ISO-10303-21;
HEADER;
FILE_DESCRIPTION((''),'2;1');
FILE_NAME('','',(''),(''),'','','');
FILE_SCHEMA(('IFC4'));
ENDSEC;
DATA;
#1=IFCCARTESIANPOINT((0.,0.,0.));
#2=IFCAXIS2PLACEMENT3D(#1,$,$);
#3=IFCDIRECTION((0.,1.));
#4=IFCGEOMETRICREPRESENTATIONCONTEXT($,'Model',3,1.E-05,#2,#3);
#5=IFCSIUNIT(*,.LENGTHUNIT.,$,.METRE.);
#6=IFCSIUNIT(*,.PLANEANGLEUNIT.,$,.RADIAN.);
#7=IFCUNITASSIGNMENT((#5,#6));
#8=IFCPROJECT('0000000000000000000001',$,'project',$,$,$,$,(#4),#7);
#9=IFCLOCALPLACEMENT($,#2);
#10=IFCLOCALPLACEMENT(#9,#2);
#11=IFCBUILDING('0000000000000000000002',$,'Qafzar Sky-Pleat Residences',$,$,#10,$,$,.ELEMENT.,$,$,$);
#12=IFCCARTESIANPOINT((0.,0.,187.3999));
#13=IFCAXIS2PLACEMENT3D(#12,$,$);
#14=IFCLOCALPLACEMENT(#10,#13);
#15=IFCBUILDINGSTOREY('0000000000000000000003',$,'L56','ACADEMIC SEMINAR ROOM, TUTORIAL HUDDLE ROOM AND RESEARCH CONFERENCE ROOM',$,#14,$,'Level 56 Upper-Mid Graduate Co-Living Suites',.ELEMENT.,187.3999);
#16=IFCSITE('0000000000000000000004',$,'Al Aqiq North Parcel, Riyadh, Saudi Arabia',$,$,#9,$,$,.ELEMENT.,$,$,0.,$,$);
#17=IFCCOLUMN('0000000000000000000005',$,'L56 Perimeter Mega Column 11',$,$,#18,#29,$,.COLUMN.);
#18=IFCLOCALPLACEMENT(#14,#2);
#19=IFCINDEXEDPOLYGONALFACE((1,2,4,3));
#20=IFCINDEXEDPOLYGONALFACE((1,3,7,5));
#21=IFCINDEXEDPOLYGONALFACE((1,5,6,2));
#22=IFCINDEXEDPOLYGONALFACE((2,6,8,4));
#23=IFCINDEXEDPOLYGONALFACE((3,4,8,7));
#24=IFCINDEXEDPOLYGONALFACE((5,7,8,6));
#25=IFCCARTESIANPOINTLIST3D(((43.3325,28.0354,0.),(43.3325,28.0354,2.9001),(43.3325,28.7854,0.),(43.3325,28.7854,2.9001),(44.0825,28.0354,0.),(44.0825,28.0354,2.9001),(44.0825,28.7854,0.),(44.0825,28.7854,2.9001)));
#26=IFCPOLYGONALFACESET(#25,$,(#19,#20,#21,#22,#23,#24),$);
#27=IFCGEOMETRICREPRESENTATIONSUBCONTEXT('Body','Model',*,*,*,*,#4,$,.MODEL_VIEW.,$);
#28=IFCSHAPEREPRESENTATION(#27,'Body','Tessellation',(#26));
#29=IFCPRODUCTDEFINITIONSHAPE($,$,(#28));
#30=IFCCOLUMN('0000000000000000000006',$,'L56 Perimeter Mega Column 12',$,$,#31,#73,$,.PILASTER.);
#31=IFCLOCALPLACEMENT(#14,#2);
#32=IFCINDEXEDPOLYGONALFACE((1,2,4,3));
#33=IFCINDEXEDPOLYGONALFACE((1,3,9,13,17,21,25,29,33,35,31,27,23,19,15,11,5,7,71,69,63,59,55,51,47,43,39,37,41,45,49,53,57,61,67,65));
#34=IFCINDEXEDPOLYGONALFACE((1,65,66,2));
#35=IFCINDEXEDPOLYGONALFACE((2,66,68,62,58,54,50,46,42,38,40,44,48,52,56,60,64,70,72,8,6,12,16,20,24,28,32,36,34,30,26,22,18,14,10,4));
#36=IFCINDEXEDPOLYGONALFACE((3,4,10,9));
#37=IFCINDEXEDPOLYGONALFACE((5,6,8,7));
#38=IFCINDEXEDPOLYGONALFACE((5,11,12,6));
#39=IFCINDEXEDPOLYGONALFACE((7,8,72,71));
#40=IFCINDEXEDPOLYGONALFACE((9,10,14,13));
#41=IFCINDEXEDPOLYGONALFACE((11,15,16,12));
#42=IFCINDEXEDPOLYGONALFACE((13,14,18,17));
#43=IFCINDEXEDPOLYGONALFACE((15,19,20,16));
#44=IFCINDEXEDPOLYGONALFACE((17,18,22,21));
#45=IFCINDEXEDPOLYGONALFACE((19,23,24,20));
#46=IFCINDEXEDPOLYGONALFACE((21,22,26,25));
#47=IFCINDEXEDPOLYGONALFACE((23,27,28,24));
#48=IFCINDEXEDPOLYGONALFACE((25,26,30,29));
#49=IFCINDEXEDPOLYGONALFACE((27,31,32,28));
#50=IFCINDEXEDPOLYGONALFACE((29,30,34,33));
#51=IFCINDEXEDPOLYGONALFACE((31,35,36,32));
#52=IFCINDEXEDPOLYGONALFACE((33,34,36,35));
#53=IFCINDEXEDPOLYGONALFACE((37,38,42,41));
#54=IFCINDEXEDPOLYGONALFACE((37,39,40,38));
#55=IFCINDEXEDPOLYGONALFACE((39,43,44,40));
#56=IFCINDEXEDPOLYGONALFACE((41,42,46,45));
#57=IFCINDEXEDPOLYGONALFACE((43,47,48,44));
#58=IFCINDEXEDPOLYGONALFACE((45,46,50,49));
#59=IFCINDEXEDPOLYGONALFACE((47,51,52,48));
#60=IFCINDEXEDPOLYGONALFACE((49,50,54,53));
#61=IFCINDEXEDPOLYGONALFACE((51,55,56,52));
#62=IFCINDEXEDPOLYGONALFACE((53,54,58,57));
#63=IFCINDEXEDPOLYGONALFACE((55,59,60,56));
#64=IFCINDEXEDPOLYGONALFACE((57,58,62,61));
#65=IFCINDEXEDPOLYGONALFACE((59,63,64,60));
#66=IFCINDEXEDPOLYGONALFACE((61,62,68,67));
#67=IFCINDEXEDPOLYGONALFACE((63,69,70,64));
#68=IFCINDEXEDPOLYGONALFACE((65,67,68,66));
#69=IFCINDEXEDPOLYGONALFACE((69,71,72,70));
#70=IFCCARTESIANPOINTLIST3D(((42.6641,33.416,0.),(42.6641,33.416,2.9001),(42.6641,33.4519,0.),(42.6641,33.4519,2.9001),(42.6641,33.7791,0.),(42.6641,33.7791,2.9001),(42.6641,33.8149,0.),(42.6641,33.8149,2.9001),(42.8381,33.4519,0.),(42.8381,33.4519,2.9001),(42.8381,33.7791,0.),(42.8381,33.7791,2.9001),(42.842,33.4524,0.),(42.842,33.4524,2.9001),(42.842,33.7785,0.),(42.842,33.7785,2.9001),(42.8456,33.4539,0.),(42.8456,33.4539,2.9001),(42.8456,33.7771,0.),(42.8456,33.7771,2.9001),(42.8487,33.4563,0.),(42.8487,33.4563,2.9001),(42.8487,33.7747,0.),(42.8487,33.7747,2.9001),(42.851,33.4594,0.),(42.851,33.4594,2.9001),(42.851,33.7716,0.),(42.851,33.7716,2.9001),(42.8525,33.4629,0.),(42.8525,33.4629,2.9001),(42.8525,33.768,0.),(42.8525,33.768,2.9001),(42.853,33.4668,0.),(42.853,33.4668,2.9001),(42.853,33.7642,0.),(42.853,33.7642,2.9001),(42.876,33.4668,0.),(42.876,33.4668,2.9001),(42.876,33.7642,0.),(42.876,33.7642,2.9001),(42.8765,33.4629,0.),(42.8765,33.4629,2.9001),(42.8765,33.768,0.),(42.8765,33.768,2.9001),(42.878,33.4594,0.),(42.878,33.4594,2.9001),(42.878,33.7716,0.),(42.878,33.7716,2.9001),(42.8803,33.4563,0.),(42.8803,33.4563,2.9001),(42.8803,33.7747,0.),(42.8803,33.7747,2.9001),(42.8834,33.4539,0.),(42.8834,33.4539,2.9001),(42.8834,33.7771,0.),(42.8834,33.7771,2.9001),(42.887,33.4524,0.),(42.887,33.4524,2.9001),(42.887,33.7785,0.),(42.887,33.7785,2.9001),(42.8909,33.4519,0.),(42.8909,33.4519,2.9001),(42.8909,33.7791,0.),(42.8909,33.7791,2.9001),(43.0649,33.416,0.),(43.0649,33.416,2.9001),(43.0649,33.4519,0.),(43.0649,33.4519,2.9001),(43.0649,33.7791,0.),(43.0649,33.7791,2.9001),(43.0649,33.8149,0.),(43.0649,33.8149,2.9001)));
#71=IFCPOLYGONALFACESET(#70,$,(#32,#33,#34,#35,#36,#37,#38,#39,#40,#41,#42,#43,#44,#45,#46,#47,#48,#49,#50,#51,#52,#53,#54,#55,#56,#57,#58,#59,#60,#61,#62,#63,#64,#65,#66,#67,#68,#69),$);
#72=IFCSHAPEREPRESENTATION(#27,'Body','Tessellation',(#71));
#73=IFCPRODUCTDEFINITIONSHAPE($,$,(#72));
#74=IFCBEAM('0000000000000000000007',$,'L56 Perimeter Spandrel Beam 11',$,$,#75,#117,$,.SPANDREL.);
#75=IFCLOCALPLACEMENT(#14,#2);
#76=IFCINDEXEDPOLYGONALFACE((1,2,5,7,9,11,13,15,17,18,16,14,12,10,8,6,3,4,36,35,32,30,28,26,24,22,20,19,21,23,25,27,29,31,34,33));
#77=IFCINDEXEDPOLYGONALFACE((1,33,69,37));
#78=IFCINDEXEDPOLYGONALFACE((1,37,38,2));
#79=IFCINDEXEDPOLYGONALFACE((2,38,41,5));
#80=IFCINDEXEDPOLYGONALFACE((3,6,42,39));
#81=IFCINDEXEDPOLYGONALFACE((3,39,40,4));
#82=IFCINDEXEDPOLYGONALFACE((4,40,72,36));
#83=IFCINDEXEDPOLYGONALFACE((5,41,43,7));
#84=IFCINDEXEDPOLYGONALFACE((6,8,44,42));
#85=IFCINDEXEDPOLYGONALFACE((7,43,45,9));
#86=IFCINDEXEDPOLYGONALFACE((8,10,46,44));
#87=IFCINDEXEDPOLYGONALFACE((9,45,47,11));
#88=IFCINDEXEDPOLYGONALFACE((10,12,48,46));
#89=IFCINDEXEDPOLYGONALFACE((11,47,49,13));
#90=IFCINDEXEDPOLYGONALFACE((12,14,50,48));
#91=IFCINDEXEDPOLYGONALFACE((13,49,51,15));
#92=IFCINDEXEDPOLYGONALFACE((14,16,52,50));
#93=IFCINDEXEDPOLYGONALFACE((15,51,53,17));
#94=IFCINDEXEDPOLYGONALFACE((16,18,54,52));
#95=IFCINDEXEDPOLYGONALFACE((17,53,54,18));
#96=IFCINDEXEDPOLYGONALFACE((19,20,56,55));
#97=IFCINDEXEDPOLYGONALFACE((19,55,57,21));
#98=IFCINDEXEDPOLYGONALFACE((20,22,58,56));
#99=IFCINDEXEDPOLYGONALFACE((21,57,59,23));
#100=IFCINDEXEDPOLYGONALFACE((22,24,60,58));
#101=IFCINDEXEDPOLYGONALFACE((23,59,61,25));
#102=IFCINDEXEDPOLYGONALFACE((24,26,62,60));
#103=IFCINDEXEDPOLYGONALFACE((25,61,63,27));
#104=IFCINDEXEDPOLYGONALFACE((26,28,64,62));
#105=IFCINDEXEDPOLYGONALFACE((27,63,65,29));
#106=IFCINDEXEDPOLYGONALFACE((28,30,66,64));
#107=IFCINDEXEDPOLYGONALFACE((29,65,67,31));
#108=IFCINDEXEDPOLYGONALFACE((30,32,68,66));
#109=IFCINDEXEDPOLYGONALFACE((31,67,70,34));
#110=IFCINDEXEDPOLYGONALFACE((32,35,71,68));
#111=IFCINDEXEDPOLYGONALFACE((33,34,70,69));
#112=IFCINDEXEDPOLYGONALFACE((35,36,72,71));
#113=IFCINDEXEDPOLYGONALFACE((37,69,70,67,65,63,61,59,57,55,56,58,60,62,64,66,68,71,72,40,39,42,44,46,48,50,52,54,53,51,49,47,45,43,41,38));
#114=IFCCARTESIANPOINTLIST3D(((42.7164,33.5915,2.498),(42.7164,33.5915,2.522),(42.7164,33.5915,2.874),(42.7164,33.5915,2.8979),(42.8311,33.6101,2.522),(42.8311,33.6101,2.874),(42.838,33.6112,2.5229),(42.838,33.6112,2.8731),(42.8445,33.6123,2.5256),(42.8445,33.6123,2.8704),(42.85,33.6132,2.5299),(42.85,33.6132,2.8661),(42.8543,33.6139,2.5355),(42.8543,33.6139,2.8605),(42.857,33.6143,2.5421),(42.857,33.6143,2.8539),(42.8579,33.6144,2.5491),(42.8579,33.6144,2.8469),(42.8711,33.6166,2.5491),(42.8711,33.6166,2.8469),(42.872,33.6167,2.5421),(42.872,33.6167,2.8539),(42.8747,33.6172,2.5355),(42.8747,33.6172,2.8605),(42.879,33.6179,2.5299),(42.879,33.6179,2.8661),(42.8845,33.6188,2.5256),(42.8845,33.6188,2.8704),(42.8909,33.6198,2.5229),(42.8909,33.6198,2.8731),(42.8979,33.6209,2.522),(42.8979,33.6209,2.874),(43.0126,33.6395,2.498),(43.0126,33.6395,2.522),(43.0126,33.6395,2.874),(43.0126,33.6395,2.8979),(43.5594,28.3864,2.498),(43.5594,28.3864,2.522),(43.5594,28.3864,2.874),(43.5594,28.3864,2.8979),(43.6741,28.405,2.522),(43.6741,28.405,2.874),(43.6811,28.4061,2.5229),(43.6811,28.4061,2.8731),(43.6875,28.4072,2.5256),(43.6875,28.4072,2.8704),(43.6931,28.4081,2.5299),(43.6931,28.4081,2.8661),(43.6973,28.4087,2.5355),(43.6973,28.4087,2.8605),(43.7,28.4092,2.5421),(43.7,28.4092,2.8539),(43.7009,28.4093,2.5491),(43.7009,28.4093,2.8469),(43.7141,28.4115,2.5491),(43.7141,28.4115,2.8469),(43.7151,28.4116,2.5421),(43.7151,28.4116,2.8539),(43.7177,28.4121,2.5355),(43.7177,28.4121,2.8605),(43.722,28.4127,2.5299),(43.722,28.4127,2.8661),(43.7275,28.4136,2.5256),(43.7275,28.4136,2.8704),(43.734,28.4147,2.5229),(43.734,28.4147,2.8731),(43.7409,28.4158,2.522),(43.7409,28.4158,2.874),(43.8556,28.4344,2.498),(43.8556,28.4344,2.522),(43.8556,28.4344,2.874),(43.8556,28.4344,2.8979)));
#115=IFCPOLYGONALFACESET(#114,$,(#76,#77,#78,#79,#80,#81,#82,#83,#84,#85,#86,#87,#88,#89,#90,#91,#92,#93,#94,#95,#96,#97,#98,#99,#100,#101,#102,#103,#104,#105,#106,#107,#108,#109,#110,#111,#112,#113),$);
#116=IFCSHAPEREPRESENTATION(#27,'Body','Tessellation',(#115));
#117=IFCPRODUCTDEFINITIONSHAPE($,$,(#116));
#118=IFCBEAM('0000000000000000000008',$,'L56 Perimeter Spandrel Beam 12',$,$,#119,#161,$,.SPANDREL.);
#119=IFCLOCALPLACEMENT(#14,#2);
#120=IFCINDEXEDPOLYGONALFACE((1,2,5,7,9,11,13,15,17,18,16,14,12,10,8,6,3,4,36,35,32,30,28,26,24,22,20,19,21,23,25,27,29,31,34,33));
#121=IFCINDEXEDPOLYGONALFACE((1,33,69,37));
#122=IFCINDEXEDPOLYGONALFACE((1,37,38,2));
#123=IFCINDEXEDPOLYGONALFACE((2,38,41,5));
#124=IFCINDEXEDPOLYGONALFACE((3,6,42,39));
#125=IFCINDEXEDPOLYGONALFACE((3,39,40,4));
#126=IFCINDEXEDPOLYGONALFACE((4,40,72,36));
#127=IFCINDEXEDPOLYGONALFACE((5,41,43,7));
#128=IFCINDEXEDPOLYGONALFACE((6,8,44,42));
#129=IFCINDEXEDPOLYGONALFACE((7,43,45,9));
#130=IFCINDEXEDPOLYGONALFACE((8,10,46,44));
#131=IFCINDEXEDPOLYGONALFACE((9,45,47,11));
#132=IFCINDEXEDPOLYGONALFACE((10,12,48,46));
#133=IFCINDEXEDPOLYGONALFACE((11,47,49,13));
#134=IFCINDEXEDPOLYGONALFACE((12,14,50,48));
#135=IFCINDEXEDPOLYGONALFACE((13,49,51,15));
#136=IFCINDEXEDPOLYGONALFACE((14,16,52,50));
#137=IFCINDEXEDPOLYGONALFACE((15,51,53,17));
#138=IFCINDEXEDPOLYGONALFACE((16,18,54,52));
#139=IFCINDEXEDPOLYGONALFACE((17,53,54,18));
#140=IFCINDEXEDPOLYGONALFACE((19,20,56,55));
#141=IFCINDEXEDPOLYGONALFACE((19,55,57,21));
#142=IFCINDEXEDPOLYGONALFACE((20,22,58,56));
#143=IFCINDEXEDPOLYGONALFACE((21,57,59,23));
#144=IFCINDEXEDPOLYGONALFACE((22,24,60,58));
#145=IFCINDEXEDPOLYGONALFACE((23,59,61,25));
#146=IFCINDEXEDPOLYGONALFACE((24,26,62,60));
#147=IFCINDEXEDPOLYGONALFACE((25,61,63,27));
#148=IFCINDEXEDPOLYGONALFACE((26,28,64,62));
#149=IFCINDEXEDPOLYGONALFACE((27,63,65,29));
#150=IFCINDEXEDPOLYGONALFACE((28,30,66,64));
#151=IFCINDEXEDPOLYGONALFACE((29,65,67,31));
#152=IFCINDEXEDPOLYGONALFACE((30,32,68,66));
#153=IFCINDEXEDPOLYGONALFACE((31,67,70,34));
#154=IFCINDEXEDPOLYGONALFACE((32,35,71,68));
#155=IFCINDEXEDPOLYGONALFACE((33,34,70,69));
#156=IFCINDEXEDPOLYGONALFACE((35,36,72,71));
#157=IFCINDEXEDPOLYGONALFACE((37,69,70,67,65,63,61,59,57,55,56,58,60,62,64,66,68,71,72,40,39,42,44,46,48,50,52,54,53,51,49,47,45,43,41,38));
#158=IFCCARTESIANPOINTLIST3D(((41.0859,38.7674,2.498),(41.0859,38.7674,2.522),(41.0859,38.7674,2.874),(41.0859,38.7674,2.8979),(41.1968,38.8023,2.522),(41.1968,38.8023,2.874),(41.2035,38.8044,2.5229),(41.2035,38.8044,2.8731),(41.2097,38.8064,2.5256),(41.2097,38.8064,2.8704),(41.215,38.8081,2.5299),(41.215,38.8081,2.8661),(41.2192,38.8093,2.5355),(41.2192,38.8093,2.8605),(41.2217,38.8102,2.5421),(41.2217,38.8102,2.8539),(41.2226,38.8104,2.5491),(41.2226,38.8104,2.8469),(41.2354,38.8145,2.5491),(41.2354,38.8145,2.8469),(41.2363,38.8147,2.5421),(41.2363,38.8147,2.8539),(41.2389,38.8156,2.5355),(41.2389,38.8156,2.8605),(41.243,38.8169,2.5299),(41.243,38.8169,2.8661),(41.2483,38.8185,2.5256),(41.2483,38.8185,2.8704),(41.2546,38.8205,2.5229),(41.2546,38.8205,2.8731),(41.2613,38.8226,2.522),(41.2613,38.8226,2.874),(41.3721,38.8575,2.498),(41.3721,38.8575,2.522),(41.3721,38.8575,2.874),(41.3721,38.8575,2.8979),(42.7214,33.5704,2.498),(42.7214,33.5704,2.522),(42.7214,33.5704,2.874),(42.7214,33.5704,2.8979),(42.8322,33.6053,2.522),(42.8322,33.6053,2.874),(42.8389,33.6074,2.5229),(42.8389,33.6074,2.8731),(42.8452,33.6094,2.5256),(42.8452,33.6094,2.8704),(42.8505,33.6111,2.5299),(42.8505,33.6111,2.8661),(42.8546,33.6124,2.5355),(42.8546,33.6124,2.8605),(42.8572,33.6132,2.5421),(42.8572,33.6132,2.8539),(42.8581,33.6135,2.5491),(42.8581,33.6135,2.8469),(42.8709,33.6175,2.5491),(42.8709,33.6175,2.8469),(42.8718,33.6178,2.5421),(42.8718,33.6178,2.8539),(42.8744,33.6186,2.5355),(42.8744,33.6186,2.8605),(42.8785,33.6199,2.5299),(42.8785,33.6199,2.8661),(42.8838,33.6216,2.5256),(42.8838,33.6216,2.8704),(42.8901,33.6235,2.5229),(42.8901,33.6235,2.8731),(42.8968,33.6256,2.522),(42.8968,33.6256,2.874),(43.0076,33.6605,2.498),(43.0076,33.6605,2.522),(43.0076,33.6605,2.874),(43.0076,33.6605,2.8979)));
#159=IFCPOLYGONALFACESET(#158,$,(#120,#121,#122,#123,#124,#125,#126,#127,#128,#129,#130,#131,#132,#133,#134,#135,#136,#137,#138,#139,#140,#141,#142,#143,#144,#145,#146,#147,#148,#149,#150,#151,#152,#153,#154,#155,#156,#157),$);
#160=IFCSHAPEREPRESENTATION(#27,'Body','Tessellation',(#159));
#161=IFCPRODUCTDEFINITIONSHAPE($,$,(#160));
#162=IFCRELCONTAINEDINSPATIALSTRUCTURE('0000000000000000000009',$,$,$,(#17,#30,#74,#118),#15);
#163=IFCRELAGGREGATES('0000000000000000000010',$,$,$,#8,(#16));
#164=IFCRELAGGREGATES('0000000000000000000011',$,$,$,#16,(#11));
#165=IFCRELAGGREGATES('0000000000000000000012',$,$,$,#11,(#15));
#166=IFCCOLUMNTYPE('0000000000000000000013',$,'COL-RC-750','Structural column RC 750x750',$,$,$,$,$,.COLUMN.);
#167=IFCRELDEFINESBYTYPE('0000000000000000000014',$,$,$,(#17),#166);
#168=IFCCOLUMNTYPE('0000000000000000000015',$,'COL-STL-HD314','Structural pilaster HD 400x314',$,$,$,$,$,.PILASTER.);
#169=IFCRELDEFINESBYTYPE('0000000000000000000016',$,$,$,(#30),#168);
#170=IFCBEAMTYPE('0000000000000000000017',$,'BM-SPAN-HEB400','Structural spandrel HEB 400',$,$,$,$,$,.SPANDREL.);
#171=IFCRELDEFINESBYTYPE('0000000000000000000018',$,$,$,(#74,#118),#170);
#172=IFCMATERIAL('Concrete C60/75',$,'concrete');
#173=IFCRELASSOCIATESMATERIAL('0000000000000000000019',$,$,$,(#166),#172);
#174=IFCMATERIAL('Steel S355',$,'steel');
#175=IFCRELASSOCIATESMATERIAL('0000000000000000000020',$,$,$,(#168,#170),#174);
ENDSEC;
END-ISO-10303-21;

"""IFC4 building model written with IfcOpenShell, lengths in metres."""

from ifc_helpers import new_model, si_unit, direction, frame, origin, origin_2d, place, context, subcontext, project, spatial, rectangle, i_section, extrude, source, transform, mapped, material, material_profile, profile_set, type_object, element, save


model = new_model("IFC4")

# Units and contexts
model_context = context("Model", 3, precision=1e-05, world=origin(), true_north=direction((0.0, 1.0)))
body_context = subcontext(model_context, "Body", "Model", "MODEL_VIEW")
ifc_project = project(units=[si_unit("LENGTHUNIT", "METRE"), si_unit("PLANEANGLEUNIT", "RADIAN")], contexts=[model_context])

# Site, building, storey
site_placement = place(None, origin())
site = spatial("IfcSite", under=ifc_project, at=site_placement, Name="Al Aqiq North Parcel, Riyadh, Saudi Arabia", CompositionType="ELEMENT", RefElevation=0.0)
building_placement = place(site_placement, origin())
building = spatial("IfcBuilding", under=site, at=building_placement, Name="Qafzar Sky-Pleat Residences", CompositionType="ELEMENT")
storey_placement = place(building_placement, frame((0.0, 0.0, 187.3999)))
storey = spatial("IfcBuildingStorey", under=building, at=storey_placement, Name="L56", Description="ACADEMIC SEMINAR ROOM, TUTORIAL HUDDLE ROOM AND RESEARCH CONFERENCE ROOM", LongName="Level 56 Upper-Mid Graduate Co-Living Suites", CompositionType="ELEMENT", Elevation=187.3999)

# Columns
ifc_material_1 = material(Name="Concrete C60/75", Category="concrete")
ifc_material_profile_1 = material_profile(ifc_material_1, rectangle(XDim=0.75, YDim=0.75, at=origin_2d()), Name="RC 750x750")
ifc_profile_set_1 = profile_set([ifc_material_profile_1], Name="Concrete C60/75")
column_type_1 = type_object("IfcColumnType", Name="COL-RC-750", Description="Structural column RC 750x750", PredefinedType="COLUMN", material=ifc_profile_set_1)
shared_shape_1 = source(origin(), body_context, "Body", "SweptSolid", [
    extrude(rectangle(XDim=0.75, YDim=0.75, at=origin_2d()), origin(), (0.0, 0.0, 1.0), 2.9001),
])
column_1_placement = place(storey_placement, frame((43.7075, 28.4104, 0.0), z_axis=(0.0, 0.0, 1.0), x_axis=(1.0, 0.0, 0.0)))
element("IfcColumn", 1, at=column_1_placement, inside=storey, type_object=column_type_1, Name="L56 Perimeter Mega Column 11", PredefinedType="COLUMN", context=body_context, shape_type="MappedRepresentation", body=[
    mapped(shared_shape_1, transform((0.0, 0.0, 0.0), x_axis=(1.0, 0.0, 0.0), y_axis=(0.0, 1.0, 0.0), z_axis=(0.0, 0.0, 1.0), scale=1.0)),
])
ifc_material_2 = material(Name="Steel S355", Category="steel")
ifc_material_profile_2 = material_profile(ifc_material_2, i_section(OverallWidth=0.4009, OverallDepth=0.3989, WebThickness=0.0229, FlangeThickness=0.0359, FilletRadius=0.0149, at=origin_2d()), Name="HD 400x314")
ifc_profile_set_2 = profile_set([ifc_material_profile_2], Name="Steel S355")
column_type_2 = type_object("IfcColumnType", Name="COL-STL-HD314", Description="Structural pilaster HD 400x314", PredefinedType="PILASTER", material=ifc_profile_set_2)
shared_shape_2 = source(origin(), body_context, "Body", "SweptSolid", [
    extrude(i_section(OverallWidth=0.4009, OverallDepth=0.3989, WebThickness=0.0229, FlangeThickness=0.0359, FilletRadius=0.0149, at=origin_2d()), origin(), (0.0, 0.0, 1.0), 2.9001),
])
column_2_placement = place(storey_placement, frame((42.8645, 33.6155, 0.0), z_axis=(0.0, 0.0, 1.0), x_axis=(1.0, 0.0, 0.0)))
element("IfcColumn", 2, at=column_2_placement, inside=storey, type_object=column_type_2, Name="L56 Perimeter Mega Column 12", PredefinedType="PILASTER", context=body_context, shape_type="MappedRepresentation", body=[
    mapped(shared_shape_2, transform((0.0, 0.0, 0.0), x_axis=(1.0, 0.0, 0.0), y_axis=(0.0, 1.0, 0.0), z_axis=(0.0, 0.0, 1.0), scale=1.0)),
])

# Beams
ifc_material_profile_3 = material_profile(ifc_material_2, i_section(OverallWidth=0.3, OverallDepth=0.3999, WebThickness=0.0134, FlangeThickness=0.0239, FilletRadius=0.0271, at=origin_2d()), Name="HEB 400")
ifc_profile_set_3 = profile_set([ifc_material_profile_3], Name="Steel S355")
beam_type_1 = type_object("IfcBeamType", Name="BM-SPAN-HEB400", Description="Structural spandrel HEB 400", PredefinedType="SPANDREL", material=ifc_profile_set_3)
shared_shape_3 = source(origin(), body_context, "Body", "SweptSolid", [
    extrude(i_section(OverallWidth=0.3, OverallDepth=0.3999, WebThickness=0.0134, FlangeThickness=0.0239, FilletRadius=0.0271, at=origin_2d()), origin(), (0.0, 0.0, 1.0), 5.2729),
])
beam_1_placement = place(storey_placement, frame((43.7075, 28.4104, 2.698), z_axis=(-0.159877, 0.987137, 0.0), x_axis=(-0.987137, -0.159877, 0.0)))
element("IfcBeam", 3, at=beam_1_placement, inside=storey, type_object=beam_type_1, Name="L56 Perimeter Spandrel Beam 11", PredefinedType="SPANDREL", context=body_context, shape_type="MappedRepresentation", body=[
    mapped(shared_shape_3, transform((0.0, 0.0, 0.0), x_axis=(1.0, 0.0, 0.0), y_axis=(0.0, 1.0, 0.0), z_axis=(0.0, 0.0, 1.0), scale=1.0)),
])
shared_shape_4 = source(origin(), body_context, "Body", "SweptSolid", [
    extrude(i_section(OverallWidth=0.3, OverallDepth=0.3999, WebThickness=0.0134, FlangeThickness=0.0239, FilletRadius=0.0271, at=origin_2d()), origin(), (0.0, 0.0, 1.0), 5.4482),
])
beam_2_placement = place(storey_placement, frame((42.8645, 33.6155, 2.698), z_axis=(-0.300185, 0.953881, 0.0), x_axis=(-0.953881, -0.300185, 0.0)))
element("IfcBeam", 4, at=beam_2_placement, inside=storey, type_object=beam_type_1, Name="L56 Perimeter Spandrel Beam 12", PredefinedType="SPANDREL", context=body_context, shape_type="MappedRepresentation", body=[
    mapped(shared_shape_4, transform((0.0, 0.0, 0.0), x_axis=(1.0, 0.0, 0.0), y_axis=(0.0, 1.0, 0.0), z_axis=(0.0, 0.0, 1.0), scale=1.0)),
])

save(model, "model.ifc")
